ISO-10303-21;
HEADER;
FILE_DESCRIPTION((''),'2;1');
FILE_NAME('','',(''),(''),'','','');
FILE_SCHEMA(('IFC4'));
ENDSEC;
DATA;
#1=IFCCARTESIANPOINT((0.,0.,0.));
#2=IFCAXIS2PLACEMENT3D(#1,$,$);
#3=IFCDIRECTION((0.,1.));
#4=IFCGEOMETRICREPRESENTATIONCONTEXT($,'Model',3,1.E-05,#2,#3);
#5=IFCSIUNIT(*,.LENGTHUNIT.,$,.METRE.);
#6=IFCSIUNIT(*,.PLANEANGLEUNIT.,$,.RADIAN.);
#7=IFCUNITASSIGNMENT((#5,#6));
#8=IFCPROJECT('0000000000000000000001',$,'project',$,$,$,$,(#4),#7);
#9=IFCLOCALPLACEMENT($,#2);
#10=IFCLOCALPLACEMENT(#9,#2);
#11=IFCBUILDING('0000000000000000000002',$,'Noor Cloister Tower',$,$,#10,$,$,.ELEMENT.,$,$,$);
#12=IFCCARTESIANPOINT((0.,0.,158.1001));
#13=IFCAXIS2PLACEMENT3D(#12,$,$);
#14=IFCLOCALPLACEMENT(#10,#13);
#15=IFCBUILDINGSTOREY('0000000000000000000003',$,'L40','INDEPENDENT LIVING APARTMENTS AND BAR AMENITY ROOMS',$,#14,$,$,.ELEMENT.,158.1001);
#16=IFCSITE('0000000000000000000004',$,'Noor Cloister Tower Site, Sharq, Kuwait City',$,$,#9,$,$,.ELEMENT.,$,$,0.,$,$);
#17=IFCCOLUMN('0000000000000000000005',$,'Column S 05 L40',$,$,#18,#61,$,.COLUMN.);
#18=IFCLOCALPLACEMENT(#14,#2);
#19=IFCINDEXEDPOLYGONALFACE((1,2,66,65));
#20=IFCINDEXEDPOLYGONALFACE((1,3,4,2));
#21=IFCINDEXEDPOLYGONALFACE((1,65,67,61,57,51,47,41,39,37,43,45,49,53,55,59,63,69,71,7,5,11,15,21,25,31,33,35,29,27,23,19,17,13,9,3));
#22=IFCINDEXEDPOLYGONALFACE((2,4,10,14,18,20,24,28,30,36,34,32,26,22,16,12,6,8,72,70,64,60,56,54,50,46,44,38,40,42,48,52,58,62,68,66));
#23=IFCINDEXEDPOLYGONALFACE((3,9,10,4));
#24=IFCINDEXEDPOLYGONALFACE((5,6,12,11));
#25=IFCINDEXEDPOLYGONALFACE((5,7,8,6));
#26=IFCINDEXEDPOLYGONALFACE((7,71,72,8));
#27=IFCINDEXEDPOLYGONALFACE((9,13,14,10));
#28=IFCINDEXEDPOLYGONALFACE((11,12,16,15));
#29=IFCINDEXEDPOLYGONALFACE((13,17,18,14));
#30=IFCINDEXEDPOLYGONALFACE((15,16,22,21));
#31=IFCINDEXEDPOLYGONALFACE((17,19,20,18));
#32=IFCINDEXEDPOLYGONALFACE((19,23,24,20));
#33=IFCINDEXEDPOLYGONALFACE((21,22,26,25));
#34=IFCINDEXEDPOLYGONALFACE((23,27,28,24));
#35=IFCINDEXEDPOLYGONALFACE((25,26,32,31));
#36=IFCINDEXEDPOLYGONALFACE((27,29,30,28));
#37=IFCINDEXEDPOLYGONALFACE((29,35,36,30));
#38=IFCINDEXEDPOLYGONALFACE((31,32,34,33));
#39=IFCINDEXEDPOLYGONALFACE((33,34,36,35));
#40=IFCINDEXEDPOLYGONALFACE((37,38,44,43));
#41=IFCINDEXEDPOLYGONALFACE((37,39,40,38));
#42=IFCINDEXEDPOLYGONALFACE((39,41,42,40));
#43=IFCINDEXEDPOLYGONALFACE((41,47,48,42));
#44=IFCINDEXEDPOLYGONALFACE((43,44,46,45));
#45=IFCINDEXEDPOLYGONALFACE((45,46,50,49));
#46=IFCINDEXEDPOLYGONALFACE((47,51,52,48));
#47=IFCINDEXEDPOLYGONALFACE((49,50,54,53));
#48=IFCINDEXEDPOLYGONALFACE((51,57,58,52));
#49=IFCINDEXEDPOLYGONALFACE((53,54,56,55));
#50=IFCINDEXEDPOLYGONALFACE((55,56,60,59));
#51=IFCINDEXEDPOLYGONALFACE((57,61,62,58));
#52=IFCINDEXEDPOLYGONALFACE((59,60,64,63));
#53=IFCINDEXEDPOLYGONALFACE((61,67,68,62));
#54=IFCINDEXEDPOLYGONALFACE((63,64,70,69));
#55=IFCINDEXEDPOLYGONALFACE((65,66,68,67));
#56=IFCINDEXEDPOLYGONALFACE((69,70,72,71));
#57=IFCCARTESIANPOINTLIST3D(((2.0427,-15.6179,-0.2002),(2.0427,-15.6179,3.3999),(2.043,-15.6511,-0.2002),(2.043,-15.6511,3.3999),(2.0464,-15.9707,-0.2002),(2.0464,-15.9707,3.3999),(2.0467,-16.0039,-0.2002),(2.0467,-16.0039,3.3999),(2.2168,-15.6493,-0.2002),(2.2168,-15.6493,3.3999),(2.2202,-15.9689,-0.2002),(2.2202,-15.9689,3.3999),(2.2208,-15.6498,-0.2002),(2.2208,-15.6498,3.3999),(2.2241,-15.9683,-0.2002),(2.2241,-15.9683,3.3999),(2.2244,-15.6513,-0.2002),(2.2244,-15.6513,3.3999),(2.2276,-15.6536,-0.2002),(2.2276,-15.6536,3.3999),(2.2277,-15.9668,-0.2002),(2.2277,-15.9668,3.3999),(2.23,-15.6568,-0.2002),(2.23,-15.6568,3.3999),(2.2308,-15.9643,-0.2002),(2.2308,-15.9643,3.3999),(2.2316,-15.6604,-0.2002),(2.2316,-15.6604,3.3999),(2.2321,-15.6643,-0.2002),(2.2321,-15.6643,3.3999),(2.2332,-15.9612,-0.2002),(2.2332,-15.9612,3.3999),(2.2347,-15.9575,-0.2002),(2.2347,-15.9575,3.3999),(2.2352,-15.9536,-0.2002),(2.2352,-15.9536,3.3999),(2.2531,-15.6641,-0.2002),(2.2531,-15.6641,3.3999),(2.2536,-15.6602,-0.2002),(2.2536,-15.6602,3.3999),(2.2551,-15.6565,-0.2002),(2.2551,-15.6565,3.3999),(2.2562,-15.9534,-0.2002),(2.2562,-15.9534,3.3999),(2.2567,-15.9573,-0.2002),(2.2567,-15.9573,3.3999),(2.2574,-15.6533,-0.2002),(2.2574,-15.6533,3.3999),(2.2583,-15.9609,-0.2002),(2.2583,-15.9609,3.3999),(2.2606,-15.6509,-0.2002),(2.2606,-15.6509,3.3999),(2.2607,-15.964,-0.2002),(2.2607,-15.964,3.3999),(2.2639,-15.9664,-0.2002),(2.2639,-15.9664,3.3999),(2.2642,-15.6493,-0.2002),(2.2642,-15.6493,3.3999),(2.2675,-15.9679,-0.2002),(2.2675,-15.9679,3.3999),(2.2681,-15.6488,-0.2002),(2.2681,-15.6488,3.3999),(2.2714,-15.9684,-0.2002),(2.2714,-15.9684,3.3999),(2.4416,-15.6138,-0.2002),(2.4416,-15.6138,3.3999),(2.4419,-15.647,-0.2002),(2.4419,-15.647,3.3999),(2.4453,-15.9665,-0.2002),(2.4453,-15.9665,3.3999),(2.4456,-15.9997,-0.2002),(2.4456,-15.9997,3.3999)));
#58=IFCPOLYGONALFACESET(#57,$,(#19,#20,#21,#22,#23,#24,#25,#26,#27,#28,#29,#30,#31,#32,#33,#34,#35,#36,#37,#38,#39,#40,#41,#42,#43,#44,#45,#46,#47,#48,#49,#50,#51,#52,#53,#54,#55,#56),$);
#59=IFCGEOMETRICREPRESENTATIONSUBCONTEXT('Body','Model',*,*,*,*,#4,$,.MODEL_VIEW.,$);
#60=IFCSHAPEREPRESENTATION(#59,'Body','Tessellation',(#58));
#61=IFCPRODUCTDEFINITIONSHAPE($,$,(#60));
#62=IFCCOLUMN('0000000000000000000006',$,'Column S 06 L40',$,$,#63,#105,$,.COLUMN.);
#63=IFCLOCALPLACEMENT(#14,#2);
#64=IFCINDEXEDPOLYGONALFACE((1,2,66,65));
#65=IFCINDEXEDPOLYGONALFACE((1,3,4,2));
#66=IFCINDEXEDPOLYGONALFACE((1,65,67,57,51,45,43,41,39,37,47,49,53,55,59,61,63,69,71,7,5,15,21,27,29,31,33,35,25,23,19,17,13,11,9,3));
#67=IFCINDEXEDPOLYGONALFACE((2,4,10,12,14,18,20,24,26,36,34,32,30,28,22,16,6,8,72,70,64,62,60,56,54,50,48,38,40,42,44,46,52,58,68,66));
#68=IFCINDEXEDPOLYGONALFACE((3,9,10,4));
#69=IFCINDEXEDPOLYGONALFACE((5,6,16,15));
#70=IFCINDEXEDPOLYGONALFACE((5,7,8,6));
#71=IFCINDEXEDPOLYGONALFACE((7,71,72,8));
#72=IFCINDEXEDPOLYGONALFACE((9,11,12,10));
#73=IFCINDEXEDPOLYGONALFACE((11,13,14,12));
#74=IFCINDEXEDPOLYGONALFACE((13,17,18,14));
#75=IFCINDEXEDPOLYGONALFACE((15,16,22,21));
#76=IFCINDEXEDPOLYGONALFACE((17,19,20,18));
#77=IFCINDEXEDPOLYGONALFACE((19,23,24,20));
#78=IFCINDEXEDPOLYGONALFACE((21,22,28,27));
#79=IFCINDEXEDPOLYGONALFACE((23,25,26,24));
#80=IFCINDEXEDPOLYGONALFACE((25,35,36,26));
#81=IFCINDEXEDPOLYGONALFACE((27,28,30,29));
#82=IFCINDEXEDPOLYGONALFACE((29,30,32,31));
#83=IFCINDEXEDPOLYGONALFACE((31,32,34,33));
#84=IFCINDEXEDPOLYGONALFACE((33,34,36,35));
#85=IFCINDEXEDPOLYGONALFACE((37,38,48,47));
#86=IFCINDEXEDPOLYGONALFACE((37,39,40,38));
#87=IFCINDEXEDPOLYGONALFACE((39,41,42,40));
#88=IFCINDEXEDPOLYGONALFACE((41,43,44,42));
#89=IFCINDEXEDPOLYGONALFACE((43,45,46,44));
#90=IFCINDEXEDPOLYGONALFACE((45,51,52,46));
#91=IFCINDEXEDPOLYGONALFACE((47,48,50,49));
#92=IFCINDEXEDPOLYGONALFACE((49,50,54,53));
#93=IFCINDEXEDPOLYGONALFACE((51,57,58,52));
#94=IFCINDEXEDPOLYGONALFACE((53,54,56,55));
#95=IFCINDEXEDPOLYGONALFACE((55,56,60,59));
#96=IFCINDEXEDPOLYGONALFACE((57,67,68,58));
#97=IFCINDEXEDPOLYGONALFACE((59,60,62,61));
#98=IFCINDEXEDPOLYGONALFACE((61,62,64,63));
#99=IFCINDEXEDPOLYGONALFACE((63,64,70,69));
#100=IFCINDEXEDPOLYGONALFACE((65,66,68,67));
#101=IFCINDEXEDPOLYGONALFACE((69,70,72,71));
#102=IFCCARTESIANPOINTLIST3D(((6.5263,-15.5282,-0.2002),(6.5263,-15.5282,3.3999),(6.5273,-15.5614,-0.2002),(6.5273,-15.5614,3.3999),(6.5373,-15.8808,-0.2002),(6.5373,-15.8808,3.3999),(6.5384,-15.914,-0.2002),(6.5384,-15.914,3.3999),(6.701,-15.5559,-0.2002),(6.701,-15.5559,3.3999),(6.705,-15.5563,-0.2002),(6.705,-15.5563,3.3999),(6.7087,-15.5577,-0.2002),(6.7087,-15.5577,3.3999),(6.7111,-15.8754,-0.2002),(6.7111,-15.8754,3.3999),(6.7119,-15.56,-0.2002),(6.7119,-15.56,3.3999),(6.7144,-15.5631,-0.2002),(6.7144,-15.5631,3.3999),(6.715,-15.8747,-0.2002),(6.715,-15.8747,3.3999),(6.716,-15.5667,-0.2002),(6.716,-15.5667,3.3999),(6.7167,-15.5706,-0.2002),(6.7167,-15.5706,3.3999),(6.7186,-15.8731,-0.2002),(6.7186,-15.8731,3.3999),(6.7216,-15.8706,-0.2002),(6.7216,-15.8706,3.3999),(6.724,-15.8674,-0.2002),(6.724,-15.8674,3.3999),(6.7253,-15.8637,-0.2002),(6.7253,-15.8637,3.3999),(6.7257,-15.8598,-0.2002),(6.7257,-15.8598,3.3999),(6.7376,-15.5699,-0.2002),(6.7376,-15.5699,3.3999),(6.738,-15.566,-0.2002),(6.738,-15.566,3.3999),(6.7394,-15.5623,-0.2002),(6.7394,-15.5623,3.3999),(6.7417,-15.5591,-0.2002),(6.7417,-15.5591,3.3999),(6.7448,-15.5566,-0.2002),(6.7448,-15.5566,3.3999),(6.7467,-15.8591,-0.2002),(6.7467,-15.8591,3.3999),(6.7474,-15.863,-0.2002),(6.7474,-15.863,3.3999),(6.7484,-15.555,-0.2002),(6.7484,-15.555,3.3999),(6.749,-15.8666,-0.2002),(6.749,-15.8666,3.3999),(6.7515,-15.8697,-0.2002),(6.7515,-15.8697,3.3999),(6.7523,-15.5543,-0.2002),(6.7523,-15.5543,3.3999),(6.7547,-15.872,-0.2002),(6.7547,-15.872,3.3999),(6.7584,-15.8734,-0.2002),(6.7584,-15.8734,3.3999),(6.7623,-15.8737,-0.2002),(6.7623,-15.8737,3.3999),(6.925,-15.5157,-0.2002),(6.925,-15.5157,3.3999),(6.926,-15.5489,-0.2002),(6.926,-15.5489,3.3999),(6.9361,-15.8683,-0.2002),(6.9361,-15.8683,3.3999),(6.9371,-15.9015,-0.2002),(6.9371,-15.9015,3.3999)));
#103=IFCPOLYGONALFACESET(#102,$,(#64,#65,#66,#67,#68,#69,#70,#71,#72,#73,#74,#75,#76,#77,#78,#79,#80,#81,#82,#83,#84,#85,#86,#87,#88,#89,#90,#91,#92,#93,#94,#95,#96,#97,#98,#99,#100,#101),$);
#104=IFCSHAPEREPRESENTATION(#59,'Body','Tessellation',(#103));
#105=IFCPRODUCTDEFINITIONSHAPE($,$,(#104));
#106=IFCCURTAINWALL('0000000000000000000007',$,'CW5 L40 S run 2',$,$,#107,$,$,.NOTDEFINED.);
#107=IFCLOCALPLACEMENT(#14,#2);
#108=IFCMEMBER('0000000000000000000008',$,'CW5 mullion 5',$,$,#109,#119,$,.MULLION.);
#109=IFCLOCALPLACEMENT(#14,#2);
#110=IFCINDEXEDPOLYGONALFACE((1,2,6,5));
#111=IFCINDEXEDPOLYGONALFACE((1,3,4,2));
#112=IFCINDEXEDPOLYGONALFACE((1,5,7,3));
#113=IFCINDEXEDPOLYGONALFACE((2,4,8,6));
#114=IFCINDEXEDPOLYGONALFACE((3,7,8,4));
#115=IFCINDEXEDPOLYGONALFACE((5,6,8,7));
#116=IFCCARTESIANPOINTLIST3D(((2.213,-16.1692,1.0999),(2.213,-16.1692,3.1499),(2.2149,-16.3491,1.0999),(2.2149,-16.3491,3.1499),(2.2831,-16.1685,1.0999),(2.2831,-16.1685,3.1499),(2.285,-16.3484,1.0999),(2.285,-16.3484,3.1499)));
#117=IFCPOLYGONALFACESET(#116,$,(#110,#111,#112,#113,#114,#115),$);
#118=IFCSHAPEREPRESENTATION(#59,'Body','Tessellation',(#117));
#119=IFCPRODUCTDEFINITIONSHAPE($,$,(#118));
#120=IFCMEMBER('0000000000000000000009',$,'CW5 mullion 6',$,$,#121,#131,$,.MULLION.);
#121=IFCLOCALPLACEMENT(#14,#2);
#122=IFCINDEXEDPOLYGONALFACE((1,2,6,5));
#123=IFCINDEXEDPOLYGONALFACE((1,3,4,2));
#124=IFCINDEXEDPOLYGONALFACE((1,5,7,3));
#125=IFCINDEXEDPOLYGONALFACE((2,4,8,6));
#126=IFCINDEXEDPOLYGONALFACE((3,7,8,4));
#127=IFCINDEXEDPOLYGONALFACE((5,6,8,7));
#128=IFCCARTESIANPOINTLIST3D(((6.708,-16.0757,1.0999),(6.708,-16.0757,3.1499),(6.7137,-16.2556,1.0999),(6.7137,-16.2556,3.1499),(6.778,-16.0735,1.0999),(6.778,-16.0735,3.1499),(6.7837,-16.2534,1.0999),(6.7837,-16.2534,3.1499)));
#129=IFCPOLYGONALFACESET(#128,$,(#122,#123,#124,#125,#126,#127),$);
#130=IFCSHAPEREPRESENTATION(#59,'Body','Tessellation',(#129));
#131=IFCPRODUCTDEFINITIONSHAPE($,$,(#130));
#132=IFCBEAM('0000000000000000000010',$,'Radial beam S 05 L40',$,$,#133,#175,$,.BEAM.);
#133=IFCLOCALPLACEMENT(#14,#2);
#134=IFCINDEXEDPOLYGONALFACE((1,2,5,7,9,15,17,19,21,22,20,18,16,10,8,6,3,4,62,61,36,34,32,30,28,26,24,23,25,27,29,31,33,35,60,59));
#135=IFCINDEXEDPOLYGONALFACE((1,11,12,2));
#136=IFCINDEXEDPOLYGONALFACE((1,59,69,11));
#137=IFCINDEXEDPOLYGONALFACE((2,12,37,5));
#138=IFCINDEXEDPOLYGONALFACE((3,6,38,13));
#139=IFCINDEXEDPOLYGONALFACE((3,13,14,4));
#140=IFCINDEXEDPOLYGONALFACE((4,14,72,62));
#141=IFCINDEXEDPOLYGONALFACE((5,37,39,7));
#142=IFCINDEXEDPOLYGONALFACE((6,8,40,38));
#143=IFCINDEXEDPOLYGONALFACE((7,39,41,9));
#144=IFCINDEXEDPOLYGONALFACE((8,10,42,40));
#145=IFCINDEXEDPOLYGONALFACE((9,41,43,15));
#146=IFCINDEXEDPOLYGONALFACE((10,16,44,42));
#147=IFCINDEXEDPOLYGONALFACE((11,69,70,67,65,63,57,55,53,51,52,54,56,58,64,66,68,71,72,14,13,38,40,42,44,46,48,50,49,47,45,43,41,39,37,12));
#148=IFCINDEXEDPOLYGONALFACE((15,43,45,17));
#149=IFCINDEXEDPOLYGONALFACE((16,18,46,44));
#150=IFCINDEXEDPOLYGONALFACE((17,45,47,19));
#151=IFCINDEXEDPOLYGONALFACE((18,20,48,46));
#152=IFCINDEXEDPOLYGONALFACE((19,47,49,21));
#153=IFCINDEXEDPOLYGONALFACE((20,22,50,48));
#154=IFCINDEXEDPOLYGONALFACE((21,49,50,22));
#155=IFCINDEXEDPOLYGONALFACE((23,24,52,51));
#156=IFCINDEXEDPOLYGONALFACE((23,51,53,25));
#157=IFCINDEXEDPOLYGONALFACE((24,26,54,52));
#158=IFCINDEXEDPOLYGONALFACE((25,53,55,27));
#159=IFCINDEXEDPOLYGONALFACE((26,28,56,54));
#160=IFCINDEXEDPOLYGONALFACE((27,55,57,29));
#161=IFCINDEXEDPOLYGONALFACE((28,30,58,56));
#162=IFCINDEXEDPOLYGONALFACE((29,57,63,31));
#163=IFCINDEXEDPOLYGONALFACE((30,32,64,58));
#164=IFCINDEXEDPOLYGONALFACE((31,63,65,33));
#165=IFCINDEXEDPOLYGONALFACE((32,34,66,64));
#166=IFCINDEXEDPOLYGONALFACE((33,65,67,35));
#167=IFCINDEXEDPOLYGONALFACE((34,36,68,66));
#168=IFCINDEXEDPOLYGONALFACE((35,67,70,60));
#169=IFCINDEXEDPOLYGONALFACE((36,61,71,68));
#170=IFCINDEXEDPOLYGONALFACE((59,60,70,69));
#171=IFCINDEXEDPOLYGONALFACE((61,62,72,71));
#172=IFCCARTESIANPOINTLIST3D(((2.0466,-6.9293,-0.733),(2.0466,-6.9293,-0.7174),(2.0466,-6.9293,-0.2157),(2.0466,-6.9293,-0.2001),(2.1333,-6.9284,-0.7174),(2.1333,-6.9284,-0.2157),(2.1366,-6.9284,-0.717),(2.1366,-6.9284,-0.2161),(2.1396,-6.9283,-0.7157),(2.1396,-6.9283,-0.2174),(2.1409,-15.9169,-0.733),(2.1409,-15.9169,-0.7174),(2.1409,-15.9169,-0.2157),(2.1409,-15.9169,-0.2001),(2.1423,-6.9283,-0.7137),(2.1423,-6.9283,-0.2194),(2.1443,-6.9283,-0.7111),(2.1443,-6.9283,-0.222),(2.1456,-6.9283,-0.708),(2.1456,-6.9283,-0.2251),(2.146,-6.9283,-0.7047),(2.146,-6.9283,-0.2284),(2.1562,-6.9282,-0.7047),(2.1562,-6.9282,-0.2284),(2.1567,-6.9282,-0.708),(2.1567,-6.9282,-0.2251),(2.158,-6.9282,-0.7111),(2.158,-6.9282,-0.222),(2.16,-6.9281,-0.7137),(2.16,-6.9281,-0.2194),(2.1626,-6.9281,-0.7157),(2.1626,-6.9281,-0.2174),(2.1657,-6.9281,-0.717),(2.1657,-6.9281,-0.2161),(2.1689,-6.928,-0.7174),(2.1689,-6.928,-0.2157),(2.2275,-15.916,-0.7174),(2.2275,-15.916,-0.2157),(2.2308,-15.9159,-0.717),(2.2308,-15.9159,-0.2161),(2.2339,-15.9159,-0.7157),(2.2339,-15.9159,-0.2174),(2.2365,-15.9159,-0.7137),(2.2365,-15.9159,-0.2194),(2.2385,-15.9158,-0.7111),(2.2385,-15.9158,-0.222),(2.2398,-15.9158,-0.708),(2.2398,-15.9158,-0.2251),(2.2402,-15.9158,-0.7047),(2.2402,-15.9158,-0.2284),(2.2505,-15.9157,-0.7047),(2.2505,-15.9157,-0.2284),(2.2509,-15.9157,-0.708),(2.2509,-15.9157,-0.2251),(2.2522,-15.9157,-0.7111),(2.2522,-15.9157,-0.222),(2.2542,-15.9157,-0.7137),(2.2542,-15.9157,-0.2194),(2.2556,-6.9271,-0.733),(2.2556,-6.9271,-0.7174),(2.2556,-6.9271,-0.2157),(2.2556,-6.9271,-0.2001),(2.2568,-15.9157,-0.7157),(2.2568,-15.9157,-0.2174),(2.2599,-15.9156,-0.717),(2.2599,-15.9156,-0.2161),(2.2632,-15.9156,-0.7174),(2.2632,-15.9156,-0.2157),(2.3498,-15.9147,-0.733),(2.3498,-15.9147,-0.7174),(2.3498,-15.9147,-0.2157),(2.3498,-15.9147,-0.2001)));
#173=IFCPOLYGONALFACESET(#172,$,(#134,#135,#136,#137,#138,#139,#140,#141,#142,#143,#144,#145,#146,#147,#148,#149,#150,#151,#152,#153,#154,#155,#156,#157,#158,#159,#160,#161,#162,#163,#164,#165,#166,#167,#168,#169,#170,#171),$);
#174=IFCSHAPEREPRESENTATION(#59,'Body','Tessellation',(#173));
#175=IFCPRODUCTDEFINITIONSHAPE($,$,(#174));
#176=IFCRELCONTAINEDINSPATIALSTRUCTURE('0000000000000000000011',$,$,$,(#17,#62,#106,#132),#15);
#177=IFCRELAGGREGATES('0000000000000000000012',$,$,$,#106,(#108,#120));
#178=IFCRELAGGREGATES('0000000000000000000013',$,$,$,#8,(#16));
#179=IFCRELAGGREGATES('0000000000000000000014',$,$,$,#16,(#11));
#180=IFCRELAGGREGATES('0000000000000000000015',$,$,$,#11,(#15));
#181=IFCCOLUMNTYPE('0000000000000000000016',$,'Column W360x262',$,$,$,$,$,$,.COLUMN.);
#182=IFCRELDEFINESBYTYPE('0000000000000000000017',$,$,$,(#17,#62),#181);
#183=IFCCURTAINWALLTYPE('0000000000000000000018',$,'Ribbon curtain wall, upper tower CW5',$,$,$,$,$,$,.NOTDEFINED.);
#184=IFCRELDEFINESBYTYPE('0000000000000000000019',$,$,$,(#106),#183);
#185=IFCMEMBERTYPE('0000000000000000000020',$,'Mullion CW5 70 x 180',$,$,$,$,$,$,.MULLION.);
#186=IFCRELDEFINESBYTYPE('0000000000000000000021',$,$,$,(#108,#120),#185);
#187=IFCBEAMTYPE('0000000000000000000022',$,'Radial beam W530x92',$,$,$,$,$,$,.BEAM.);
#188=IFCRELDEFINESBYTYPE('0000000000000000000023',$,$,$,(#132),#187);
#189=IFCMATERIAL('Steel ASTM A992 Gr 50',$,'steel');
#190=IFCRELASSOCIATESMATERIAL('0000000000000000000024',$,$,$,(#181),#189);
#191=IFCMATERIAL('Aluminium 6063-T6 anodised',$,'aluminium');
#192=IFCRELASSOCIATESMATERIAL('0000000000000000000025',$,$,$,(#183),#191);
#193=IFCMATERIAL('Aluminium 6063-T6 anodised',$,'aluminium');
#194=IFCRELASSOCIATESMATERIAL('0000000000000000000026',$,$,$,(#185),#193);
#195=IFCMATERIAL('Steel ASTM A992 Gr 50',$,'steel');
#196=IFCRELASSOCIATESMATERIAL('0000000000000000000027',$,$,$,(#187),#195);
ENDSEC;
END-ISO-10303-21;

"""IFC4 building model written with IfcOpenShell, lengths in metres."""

from ifc_helpers import new_model, si_unit, direction, frame, origin, origin_2d, place, context, subcontext, project, spatial, rectangle, i_section, extrude, material, material_profile, profile_set, type_object, element, aggregate, save


model = new_model("IFC4")

# Units and contexts
model_context = context("Model", 3, precision=1e-05, world=origin(), true_north=direction((0.0, 1.0)))
body_context = subcontext(model_context, "Body", "Model", "MODEL_VIEW")
ifc_project = project(units=[si_unit("LENGTHUNIT", "METRE"), si_unit("PLANEANGLEUNIT", "RADIAN")], contexts=[model_context])

# Site, building, storey
site_placement = place(None, origin())
site = spatial("IfcSite", under=ifc_project, at=site_placement, Name="Noor Cloister Tower Site, Sharq, Kuwait City", CompositionType="ELEMENT", RefElevation=0.0)
building_placement = place(site_placement, origin())
building = spatial("IfcBuilding", under=site, at=building_placement, Name="Noor Cloister Tower", CompositionType="ELEMENT")
storey_placement = place(building_placement, frame((0.0, 0.0, 158.1001)))
storey = spatial("IfcBuildingStorey", under=building, at=storey_placement, Name="L40", Description="INDEPENDENT LIVING APARTMENTS AND BAR AMENITY ROOMS", CompositionType="ELEMENT", Elevation=158.1001)

# Columns
ifc_material_1 = material(Name="Steel ASTM A992 Gr 50", Category="steel")
ifc_material_profile_1 = material_profile(ifc_material_1, i_section(OverallWidth=0.3989, OverallDepth=0.386, WebThickness=0.021, FlangeThickness=0.0332, FilletRadius=0.0151, at=origin_2d()), Name="W360x262")
ifc_profile_set_1 = profile_set([ifc_material_profile_1], Name="Steel ASTM A992 Gr 50")
column_type = type_object("IfcColumnType", Name="Column W360x262", PredefinedType="COLUMN", material=ifc_profile_set_1)
for number, where, z_axis, x_axis, name in (
    (1, (2.2441, -15.8088, -0.2002), (0.0, 0.0, 1.0), (0.999945, 0.010473, 0.0), "Column S 05 L40"),
    (2, (6.7317, -15.7148, -0.2002), (0.0, 0.0, 1.0), (0.999506, 0.031414, 0.0), "Column S 06 L40"),
):
    element("IfcColumn", number, at=place(storey_placement, frame(where, z_axis=z_axis, x_axis=x_axis)), inside=storey, type_object=column_type, Name=name, PredefinedType="COLUMN", context=body_context, shape_type="SweptSolid", body=[
        extrude(i_section(OverallWidth=0.3989, OverallDepth=0.386, WebThickness=0.021, FlangeThickness=0.0332, FilletRadius=0.0151, at=origin_2d()), origin(), (0.0, 0.0, 1.0), 3.6001),
    ])

# Curtain wall, members
ifc_material_2 = material(Name="Aluminium 6063-T6 anodised", Category="aluminium")
curtain_wall_type = type_object("IfcCurtainWallType", Name="Ribbon curtain wall, upper tower CW5", PredefinedType="NOTDEFINED", material=ifc_material_2)
curtain_wall_placement = place(storey_placement, origin())
curtain_wall = element("IfcCurtainWall", 3, at=curtain_wall_placement, inside=storey, type_object=curtain_wall_type, Name="CW5 L40 S run 2", PredefinedType="NOTDEFINED")
ifc_material_3 = material(Name="Aluminium 6063-T6 anodised", Category="aluminium")
ifc_material_profile_2 = material_profile(ifc_material_3, rectangle(XDim=0.1799, YDim=0.0701, at=origin_2d()), Name="180 x 70 mullion")
ifc_profile_set_2 = profile_set([ifc_material_profile_2], Name="Aluminium 6063-T6 anodised")
member_type = type_object("IfcMemberType", Name="Mullion CW5 70 x 180", PredefinedType="MULLION", material=ifc_profile_set_2)
member_1_placement = place(storey_placement, frame((2.249, -16.2588, 1.0999), z_axis=(0.0, 0.0, 1.0), x_axis=(-0.010473, 0.999945, 0.0)))
member_1 = element("IfcMember", 4, at=member_1_placement, type_object=member_type, Name="CW5 mullion 5", PredefinedType="MULLION", context=body_context, shape_type="SweptSolid", body=[
    extrude(rectangle(XDim=0.1799, YDim=0.0701, at=origin_2d()), origin(), (0.0, 0.0, 1.0), 2.05),
])
member_2_placement = place(storey_placement, frame((6.7458, -16.1646, 1.0999), z_axis=(0.0, 0.0, 1.0), x_axis=(-0.031414, 0.999506, 0.0)))
member_2 = element("IfcMember", 5, at=member_2_placement, type_object=member_type, Name="CW5 mullion 6", PredefinedType="MULLION", context=body_context, shape_type="SweptSolid", body=[
    extrude(rectangle(XDim=0.1799, YDim=0.0701, at=origin_2d()), origin(), (0.0, 0.0, 1.0), 2.05),
])

# Beam
ifc_material_4 = material(Name="Steel ASTM A992 Gr 50", Category="steel")
ifc_material_profile_3 = material_profile(ifc_material_4, i_section(OverallWidth=0.209, OverallDepth=0.533, WebThickness=0.0103, FlangeThickness=0.0156, FilletRadius=0.0127, at=origin_2d()), Name="W530x92")
ifc_profile_set_3 = profile_set([ifc_material_profile_3], Name="Steel ASTM A992 Gr 50")
beam_type_1 = type_object("IfcBeamType", Name="Radial beam W530x92", PredefinedType="BEAM", material=ifc_profile_set_3)
beam_1_placement = place(storey_placement, frame((2.2454, -15.9158, -0.4666), z_axis=(-0.010485, 0.999945, 0.0), x_axis=(-0.999945, -0.010485, 0.0)))
element("IfcBeam", 6, at=beam_1_placement, inside=storey, type_object=beam_type_1, Name="Radial beam S 05 L40", PredefinedType="BEAM", context=body_context, shape_type="SweptSolid", body=[
    extrude(i_section(OverallWidth=0.209, OverallDepth=0.533, WebThickness=0.0103, FlangeThickness=0.0156, FilletRadius=0.0127, at=origin_2d()), origin(), (0.0, 0.0, 1.0), 8.988),
])

aggregate(curtain_wall, [member_1, member_2])

save(model, "model.ifc")
